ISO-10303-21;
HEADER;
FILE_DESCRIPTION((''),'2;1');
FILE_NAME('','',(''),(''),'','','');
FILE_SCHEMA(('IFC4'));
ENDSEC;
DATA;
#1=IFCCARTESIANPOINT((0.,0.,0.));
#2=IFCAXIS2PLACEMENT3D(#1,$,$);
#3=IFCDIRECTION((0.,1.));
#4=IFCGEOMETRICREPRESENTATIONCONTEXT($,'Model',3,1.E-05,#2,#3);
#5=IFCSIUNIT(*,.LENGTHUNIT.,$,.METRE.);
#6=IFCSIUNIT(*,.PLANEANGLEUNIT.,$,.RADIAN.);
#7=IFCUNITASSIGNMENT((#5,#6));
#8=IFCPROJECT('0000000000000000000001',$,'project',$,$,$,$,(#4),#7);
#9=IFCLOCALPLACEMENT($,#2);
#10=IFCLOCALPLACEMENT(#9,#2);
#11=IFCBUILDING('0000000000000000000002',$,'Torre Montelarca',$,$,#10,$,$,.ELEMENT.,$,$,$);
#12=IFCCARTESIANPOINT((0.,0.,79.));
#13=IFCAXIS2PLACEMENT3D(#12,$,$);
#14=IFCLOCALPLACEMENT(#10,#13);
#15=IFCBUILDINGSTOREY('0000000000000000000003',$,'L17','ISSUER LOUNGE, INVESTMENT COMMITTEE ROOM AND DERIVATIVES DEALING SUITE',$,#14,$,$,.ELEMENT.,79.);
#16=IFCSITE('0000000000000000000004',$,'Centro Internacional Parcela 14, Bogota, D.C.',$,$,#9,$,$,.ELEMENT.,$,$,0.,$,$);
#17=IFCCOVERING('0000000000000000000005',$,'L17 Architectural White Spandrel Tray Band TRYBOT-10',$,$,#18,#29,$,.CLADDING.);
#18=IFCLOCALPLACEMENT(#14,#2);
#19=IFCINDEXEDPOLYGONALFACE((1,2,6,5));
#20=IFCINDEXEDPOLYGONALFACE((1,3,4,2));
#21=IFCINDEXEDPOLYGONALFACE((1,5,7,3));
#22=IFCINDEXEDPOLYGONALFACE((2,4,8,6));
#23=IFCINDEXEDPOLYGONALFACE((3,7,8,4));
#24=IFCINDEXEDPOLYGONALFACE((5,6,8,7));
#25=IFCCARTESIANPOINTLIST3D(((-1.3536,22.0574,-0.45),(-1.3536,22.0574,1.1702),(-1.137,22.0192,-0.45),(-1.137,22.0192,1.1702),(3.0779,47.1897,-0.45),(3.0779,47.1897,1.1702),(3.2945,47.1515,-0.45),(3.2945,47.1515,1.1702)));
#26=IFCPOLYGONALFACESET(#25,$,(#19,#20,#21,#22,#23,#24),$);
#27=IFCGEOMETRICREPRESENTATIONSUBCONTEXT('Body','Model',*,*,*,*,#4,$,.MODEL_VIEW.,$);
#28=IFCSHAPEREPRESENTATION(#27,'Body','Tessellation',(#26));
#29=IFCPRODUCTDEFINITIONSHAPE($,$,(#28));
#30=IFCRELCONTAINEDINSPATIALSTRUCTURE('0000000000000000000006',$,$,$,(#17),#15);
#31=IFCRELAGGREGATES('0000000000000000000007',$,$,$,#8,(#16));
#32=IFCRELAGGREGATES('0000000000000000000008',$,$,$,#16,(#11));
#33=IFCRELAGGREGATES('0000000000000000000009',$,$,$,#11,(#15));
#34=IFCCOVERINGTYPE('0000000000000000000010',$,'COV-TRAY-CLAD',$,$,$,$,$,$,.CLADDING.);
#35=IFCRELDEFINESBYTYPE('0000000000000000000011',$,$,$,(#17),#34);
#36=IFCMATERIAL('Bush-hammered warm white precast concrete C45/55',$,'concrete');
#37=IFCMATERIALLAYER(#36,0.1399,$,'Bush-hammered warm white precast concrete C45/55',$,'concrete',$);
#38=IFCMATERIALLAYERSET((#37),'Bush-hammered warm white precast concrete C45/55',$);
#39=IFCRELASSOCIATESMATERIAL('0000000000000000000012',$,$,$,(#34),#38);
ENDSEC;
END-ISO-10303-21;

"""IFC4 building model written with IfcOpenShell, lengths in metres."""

from ifc_helpers import new_model, si_unit, direction, frame, origin, origin_2d, place, context, subcontext, project, spatial, rectangle, extrude, source, transform, mapped, material, layer, layer_set, type_object, element, save


model = new_model("IFC4")

# Units and contexts
model_context = context("Model", 3, precision=1e-05, world=origin(), true_north=direction((0.0, 1.0)))
body_context = subcontext(model_context, "Body", "Model", "MODEL_VIEW")
ifc_project = project(units=[si_unit("LENGTHUNIT", "METRE"), si_unit("PLANEANGLEUNIT", "RADIAN")], contexts=[model_context])

# Site, building, storey
site_placement = place(None, origin())
site = spatial("IfcSite", under=ifc_project, at=site_placement, Name="Centro Internacional Parcela 14, Bogota, D.C.", CompositionType="ELEMENT", RefElevation=0.0)
building_placement = place(site_placement, origin())
building = spatial("IfcBuilding", under=site, at=building_placement, Name="Torre Montelarca", CompositionType="ELEMENT")
storey_placement = place(building_placement, frame((0.0, 0.0, 79.0)))
storey = spatial("IfcBuildingStorey", under=building, at=storey_placement, Name="L17", Description="ISSUER LOUNGE, INVESTMENT COMMITTEE ROOM AND DERIVATIVES DEALING SUITE", CompositionType="ELEMENT", Elevation=79.0)

# Covering
ifc_material_1 = material(Name="Bush-hammered warm white precast concrete C45/55", Category="concrete")
ifc_layer_1 = layer(ifc_material_1, 0.1399, Name="Bush-hammered warm white precast concrete C45/55", Category="concrete")
ifc_layer_set_1 = layer_set([ifc_layer_1], Name="Bush-hammered warm white precast concrete C45/55")
covering_type = type_object("IfcCoveringType", Name="COV-TRAY-CLAD", PredefinedType="CLADDING", material=ifc_layer_set_1)
shared_shape_1 = source(origin(), body_context, "Body", "SweptSolid", [
    extrude(rectangle(XDim=25.52, YDim=0.22, at=origin_2d()), origin(), (0.0, 0.0, 1.0), 1.6201),
])
covering_placement = place(storey_placement, frame((0.9705, 34.6045, -0.45), z_axis=(0.0, 0.0, 1.0), x_axis=(-0.17365, -0.984807, 0.0)))
element("IfcCovering", 1, at=covering_placement, inside=storey, type_object=covering_type, Name="L17 Architectural White Spandrel Tray Band TRYBOT-10", PredefinedType="CLADDING", context=body_context, shape_type="MappedRepresentation", body=[
    mapped(shared_shape_1, transform((0.0, 0.0, 0.0), scale=1.0)),
])

save(model, "model.ifc")
